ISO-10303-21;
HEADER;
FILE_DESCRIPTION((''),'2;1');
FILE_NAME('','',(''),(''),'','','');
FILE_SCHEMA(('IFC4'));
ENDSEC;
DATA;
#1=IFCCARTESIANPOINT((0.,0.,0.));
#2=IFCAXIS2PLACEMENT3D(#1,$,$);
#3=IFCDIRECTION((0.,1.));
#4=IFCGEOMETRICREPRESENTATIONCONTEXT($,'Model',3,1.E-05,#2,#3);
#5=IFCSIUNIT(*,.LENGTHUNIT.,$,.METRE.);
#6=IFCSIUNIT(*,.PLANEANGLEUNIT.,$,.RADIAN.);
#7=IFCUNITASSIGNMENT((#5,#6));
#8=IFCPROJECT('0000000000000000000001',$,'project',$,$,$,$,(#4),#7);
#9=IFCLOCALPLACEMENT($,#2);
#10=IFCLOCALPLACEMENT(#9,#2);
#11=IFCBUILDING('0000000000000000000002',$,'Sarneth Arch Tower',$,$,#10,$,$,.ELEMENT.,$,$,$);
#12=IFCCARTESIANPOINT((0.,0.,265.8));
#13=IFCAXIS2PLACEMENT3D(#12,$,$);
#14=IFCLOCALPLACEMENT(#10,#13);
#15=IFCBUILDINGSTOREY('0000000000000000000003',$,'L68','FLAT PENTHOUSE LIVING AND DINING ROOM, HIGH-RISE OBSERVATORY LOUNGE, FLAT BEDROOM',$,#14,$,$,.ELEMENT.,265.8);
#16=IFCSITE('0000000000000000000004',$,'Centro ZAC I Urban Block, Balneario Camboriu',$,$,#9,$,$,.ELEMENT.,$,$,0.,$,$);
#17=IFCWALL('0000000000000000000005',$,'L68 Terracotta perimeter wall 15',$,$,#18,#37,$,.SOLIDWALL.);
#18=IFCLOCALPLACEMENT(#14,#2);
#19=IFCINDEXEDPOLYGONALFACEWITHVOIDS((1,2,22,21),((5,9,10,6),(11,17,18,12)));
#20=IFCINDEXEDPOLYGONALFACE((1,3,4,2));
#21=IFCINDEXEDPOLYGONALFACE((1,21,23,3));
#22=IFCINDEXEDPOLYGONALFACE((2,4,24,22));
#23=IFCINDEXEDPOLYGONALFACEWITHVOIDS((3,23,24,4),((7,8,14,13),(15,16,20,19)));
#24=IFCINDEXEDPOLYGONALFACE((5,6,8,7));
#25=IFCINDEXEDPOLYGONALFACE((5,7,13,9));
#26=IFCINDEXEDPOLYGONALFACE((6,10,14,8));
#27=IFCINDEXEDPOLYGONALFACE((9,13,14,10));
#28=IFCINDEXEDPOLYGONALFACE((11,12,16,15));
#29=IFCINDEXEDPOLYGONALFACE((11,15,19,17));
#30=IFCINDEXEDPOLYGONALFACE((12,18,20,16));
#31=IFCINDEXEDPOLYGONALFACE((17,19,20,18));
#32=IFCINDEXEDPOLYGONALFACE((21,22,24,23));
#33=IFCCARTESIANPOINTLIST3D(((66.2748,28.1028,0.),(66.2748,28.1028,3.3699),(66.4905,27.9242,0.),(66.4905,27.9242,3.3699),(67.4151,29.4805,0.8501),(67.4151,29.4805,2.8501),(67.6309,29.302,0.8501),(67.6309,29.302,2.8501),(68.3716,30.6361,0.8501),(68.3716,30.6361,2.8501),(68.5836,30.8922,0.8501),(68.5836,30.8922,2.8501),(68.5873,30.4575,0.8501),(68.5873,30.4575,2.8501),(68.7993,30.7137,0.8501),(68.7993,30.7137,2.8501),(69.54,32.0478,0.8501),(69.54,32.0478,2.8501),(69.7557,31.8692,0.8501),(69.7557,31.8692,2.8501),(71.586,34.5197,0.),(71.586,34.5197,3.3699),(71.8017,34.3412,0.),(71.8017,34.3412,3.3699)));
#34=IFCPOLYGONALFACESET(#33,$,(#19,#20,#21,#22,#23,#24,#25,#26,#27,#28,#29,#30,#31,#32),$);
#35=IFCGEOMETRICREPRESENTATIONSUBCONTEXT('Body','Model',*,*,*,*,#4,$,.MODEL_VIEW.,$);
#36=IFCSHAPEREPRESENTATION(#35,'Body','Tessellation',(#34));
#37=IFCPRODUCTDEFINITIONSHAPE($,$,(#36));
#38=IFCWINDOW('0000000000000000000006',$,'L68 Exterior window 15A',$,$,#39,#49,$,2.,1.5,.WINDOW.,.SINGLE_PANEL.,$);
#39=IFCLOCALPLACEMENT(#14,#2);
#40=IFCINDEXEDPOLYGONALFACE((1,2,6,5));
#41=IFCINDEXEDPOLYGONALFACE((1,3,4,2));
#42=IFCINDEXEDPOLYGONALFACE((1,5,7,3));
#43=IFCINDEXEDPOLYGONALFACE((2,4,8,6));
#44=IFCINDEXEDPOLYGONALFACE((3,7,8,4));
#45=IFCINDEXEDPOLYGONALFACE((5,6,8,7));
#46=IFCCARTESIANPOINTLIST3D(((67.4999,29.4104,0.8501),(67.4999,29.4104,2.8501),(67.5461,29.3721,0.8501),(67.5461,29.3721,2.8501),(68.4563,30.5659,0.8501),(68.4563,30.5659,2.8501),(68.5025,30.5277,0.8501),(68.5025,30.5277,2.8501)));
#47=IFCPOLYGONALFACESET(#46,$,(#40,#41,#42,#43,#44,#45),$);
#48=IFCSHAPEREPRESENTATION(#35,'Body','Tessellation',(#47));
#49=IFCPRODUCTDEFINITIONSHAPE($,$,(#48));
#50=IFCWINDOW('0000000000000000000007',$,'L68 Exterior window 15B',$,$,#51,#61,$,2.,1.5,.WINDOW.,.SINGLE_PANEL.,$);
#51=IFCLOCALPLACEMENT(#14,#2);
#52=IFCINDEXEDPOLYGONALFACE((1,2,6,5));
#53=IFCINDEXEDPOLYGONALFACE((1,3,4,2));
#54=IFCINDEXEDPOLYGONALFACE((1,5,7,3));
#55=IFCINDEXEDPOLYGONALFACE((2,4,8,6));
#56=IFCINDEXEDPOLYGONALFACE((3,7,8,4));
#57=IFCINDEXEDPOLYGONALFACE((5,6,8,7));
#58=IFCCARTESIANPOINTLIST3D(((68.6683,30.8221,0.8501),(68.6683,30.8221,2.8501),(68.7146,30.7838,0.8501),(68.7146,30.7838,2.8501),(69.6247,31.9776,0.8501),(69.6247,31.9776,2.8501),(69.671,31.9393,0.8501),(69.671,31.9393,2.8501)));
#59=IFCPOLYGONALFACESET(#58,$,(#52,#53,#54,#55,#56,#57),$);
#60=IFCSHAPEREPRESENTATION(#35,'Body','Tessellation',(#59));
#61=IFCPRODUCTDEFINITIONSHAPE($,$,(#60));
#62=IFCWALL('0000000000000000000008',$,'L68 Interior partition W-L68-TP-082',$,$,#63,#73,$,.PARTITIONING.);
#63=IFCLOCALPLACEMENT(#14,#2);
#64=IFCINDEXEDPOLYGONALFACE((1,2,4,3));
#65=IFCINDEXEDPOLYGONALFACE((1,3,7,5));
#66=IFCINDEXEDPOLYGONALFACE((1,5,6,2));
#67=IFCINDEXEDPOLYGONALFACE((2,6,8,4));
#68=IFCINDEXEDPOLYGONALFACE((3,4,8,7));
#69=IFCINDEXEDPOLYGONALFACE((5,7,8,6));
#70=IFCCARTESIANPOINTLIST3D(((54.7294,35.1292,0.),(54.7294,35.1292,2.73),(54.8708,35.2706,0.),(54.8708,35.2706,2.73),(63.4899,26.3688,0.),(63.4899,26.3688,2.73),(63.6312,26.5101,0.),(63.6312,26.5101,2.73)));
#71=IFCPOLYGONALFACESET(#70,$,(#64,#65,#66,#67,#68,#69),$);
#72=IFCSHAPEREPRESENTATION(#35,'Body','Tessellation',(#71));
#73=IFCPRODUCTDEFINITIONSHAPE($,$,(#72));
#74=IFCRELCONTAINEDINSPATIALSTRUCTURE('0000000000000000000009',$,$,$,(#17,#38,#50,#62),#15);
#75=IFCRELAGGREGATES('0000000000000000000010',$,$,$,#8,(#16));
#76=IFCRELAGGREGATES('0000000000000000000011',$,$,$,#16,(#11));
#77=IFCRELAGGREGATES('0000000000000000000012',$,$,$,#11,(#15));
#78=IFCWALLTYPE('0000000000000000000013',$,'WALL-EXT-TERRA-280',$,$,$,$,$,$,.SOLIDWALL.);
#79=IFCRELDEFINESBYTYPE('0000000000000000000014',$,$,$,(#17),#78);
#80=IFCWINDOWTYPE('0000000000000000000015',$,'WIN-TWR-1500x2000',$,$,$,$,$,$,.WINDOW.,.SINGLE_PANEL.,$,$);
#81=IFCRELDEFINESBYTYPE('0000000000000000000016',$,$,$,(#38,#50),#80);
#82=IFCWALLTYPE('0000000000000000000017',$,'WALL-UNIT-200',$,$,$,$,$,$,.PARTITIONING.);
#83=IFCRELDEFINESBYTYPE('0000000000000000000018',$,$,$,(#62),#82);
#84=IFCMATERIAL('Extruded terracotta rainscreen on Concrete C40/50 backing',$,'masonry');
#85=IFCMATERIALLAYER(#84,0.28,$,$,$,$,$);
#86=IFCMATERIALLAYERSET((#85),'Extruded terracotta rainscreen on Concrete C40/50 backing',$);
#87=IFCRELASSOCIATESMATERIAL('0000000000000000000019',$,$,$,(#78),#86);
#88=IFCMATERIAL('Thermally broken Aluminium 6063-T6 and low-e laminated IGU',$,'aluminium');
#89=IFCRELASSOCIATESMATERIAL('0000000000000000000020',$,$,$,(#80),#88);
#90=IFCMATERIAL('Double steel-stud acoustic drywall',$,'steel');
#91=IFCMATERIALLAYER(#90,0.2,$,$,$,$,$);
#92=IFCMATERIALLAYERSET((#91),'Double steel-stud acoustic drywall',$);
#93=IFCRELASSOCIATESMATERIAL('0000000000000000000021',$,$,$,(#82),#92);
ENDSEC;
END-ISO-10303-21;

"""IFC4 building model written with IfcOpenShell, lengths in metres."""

from ifc_helpers import new_model, si_unit, direction, frame, frame_2d, origin, place, context, subcontext, project, spatial, rectangle, extrude, material, layer, layer_set, type_object, element, fill, save


model = new_model("IFC4")

# Units and contexts
model_context = context("Model", 3, precision=1e-05, world=origin(), true_north=direction((0.0, 1.0)))
body_context = subcontext(model_context, "Body", "Model", "MODEL_VIEW")
ifc_project = project(units=[si_unit("LENGTHUNIT", "METRE"), si_unit("PLANEANGLEUNIT", "RADIAN")], contexts=[model_context])

# Site, building, storey
site_placement = place(None, origin())
site = spatial("IfcSite", under=ifc_project, at=site_placement, Name="Centro ZAC I Urban Block, Balneario Camboriu", CompositionType="ELEMENT", RefElevation=0.0)
building_placement = place(site_placement, origin())
building = spatial("IfcBuilding", under=site, at=building_placement, Name="Sarneth Arch Tower", CompositionType="ELEMENT")
storey_placement = place(building_placement, frame((0.0, 0.0, 265.8)))
storey = spatial("IfcBuildingStorey", under=building, at=storey_placement, Name="L68", Description="FLAT PENTHOUSE LIVING AND DINING ROOM, HIGH-RISE OBSERVATORY LOUNGE, FLAT BEDROOM", CompositionType="ELEMENT", Elevation=265.8)

# Wall, openings, windows
ifc_material_1 = material(Name="Extruded terracotta rainscreen on Concrete C40/50 backing", Category="masonry")
ifc_layer_1 = layer(ifc_material_1, 0.28)
ifc_layer_set_1 = layer_set([ifc_layer_1], Name="Extruded terracotta rainscreen on Concrete C40/50 backing")
wall_type_1 = type_object("IfcWallType", Name="WALL-EXT-TERRA-280", PredefinedType="SOLIDWALL", material=ifc_layer_set_1)
wall_1_placement = place(storey_placement, frame((66.3826, 28.0134, 0.0), z_axis=(0.0, 0.0, 1.0), x_axis=(0.637615, 0.770355, 0.0)))
wall_1 = element("IfcWall", 1, at=wall_1_placement, inside=storey, type_object=wall_type_1, Name="L68 Terracotta perimeter wall 15", PredefinedType="SOLIDWALL", context=body_context, shape_type="SweptSolid", body=[
    extrude(rectangle(XDim=8.3298, YDim=0.28, at=frame_2d((4.165, 0.0))), origin(), (0.0, 0.0, 1.0), 3.3699),
])
opening_1_placement = place(wall_1_placement, frame((1.7886, 0.0, 0.8501)))
opening_1 = element("IfcOpeningElement", 2, at=opening_1_placement, cuts=wall_1, PredefinedType="OPENING", context=body_context, shape_type="SweptSolid", body=[
    extrude(rectangle(XDim=1.5, YDim=2.0, at=frame_2d((0.75, 1.0))), frame((0.0, 0.1499, 0.0), z_axis=(0.0, -1.0, 0.0), x_axis=(1.0, 0.0, 0.0)), (0.0, 0.0, 1.0), 0.3),
])
opening_2_placement = place(wall_1_placement, frame((3.6211, 0.0, 0.8501)))
opening_2 = element("IfcOpeningElement", 3, at=opening_2_placement, cuts=wall_1, PredefinedType="OPENING", context=body_context, shape_type="SweptSolid", body=[
    extrude(rectangle(XDim=1.5, YDim=2.0, at=frame_2d((0.75, 1.0))), frame((0.0, 0.1499, 0.0), z_axis=(0.0, -1.0, 0.0), x_axis=(1.0, 0.0, 0.0)), (0.0, 0.0, 1.0), 0.3),
])
ifc_material_2 = material(Name="Thermally broken Aluminium 6063-T6 and low-e laminated IGU", Category="aluminium")
window_type = type_object("IfcWindowType", Name="WIN-TWR-1500x2000", PartitioningType="SINGLE_PANEL", PredefinedType="WINDOW", material=ifc_material_2)
window_1_placement = place(opening_1_placement, origin())
window_1 = element("IfcWindow", 4, at=window_1_placement, inside=storey, type_object=window_type, Name="L68 Exterior window 15A", OverallHeight=2.0, OverallWidth=1.5, PartitioningType="SINGLE_PANEL", PredefinedType="WINDOW", context=body_context, shape_type="SweptSolid", body=[
    extrude(rectangle(XDim=1.5, YDim=2.0, at=frame_2d((0.75, 1.0))), frame((0.0, 0.03, 0.0), z_axis=(0.0, -1.0, 0.0), x_axis=(1.0, 0.0, 0.0)), (0.0, 0.0, 1.0), 0.0601),
])
fill(opening_1, window_1)
window_2_placement = place(opening_2_placement, origin())
window_2 = element("IfcWindow", 5, at=window_2_placement, inside=storey, type_object=window_type, Name="L68 Exterior window 15B", OverallHeight=2.0, OverallWidth=1.5, PartitioningType="SINGLE_PANEL", PredefinedType="WINDOW", context=body_context, shape_type="SweptSolid", body=[
    extrude(rectangle(XDim=1.5, YDim=2.0, at=frame_2d((0.75, 1.0))), frame((0.0, 0.03, 0.0), z_axis=(0.0, -1.0, 0.0), x_axis=(1.0, 0.0, 0.0)), (0.0, 0.0, 1.0), 0.0601),
])
fill(opening_2, window_2)

# Wall
ifc_material_3 = material(Name="Double steel-stud acoustic drywall", Category="steel")
ifc_layer_2 = layer(ifc_material_3, 0.2)
ifc_layer_set_2 = layer_set([ifc_layer_2], Name="Double steel-stud acoustic drywall")
wall_type_2 = type_object("IfcWallType", Name="WALL-UNIT-200", PredefinedType="PARTITIONING", material=ifc_layer_set_2)
wall_2_placement = place(storey_placement, frame((63.5605, 26.4395, 0.0), z_axis=(0.0, 0.0, 1.0), x_axis=(-0.707107, 0.707107, 0.0)))
element("IfcWall", 6, at=wall_2_placement, inside=storey, type_object=wall_type_2, Name="L68 Interior partition W-L68-TP-082", PredefinedType="PARTITIONING", context=body_context, shape_type="SweptSolid", body=[
    extrude(rectangle(XDim=12.3892, YDim=0.2, at=frame_2d((6.1946, 0.0))), origin(), (0.0, 0.0, 1.0), 2.73),
])

save(model, "model.ifc")
